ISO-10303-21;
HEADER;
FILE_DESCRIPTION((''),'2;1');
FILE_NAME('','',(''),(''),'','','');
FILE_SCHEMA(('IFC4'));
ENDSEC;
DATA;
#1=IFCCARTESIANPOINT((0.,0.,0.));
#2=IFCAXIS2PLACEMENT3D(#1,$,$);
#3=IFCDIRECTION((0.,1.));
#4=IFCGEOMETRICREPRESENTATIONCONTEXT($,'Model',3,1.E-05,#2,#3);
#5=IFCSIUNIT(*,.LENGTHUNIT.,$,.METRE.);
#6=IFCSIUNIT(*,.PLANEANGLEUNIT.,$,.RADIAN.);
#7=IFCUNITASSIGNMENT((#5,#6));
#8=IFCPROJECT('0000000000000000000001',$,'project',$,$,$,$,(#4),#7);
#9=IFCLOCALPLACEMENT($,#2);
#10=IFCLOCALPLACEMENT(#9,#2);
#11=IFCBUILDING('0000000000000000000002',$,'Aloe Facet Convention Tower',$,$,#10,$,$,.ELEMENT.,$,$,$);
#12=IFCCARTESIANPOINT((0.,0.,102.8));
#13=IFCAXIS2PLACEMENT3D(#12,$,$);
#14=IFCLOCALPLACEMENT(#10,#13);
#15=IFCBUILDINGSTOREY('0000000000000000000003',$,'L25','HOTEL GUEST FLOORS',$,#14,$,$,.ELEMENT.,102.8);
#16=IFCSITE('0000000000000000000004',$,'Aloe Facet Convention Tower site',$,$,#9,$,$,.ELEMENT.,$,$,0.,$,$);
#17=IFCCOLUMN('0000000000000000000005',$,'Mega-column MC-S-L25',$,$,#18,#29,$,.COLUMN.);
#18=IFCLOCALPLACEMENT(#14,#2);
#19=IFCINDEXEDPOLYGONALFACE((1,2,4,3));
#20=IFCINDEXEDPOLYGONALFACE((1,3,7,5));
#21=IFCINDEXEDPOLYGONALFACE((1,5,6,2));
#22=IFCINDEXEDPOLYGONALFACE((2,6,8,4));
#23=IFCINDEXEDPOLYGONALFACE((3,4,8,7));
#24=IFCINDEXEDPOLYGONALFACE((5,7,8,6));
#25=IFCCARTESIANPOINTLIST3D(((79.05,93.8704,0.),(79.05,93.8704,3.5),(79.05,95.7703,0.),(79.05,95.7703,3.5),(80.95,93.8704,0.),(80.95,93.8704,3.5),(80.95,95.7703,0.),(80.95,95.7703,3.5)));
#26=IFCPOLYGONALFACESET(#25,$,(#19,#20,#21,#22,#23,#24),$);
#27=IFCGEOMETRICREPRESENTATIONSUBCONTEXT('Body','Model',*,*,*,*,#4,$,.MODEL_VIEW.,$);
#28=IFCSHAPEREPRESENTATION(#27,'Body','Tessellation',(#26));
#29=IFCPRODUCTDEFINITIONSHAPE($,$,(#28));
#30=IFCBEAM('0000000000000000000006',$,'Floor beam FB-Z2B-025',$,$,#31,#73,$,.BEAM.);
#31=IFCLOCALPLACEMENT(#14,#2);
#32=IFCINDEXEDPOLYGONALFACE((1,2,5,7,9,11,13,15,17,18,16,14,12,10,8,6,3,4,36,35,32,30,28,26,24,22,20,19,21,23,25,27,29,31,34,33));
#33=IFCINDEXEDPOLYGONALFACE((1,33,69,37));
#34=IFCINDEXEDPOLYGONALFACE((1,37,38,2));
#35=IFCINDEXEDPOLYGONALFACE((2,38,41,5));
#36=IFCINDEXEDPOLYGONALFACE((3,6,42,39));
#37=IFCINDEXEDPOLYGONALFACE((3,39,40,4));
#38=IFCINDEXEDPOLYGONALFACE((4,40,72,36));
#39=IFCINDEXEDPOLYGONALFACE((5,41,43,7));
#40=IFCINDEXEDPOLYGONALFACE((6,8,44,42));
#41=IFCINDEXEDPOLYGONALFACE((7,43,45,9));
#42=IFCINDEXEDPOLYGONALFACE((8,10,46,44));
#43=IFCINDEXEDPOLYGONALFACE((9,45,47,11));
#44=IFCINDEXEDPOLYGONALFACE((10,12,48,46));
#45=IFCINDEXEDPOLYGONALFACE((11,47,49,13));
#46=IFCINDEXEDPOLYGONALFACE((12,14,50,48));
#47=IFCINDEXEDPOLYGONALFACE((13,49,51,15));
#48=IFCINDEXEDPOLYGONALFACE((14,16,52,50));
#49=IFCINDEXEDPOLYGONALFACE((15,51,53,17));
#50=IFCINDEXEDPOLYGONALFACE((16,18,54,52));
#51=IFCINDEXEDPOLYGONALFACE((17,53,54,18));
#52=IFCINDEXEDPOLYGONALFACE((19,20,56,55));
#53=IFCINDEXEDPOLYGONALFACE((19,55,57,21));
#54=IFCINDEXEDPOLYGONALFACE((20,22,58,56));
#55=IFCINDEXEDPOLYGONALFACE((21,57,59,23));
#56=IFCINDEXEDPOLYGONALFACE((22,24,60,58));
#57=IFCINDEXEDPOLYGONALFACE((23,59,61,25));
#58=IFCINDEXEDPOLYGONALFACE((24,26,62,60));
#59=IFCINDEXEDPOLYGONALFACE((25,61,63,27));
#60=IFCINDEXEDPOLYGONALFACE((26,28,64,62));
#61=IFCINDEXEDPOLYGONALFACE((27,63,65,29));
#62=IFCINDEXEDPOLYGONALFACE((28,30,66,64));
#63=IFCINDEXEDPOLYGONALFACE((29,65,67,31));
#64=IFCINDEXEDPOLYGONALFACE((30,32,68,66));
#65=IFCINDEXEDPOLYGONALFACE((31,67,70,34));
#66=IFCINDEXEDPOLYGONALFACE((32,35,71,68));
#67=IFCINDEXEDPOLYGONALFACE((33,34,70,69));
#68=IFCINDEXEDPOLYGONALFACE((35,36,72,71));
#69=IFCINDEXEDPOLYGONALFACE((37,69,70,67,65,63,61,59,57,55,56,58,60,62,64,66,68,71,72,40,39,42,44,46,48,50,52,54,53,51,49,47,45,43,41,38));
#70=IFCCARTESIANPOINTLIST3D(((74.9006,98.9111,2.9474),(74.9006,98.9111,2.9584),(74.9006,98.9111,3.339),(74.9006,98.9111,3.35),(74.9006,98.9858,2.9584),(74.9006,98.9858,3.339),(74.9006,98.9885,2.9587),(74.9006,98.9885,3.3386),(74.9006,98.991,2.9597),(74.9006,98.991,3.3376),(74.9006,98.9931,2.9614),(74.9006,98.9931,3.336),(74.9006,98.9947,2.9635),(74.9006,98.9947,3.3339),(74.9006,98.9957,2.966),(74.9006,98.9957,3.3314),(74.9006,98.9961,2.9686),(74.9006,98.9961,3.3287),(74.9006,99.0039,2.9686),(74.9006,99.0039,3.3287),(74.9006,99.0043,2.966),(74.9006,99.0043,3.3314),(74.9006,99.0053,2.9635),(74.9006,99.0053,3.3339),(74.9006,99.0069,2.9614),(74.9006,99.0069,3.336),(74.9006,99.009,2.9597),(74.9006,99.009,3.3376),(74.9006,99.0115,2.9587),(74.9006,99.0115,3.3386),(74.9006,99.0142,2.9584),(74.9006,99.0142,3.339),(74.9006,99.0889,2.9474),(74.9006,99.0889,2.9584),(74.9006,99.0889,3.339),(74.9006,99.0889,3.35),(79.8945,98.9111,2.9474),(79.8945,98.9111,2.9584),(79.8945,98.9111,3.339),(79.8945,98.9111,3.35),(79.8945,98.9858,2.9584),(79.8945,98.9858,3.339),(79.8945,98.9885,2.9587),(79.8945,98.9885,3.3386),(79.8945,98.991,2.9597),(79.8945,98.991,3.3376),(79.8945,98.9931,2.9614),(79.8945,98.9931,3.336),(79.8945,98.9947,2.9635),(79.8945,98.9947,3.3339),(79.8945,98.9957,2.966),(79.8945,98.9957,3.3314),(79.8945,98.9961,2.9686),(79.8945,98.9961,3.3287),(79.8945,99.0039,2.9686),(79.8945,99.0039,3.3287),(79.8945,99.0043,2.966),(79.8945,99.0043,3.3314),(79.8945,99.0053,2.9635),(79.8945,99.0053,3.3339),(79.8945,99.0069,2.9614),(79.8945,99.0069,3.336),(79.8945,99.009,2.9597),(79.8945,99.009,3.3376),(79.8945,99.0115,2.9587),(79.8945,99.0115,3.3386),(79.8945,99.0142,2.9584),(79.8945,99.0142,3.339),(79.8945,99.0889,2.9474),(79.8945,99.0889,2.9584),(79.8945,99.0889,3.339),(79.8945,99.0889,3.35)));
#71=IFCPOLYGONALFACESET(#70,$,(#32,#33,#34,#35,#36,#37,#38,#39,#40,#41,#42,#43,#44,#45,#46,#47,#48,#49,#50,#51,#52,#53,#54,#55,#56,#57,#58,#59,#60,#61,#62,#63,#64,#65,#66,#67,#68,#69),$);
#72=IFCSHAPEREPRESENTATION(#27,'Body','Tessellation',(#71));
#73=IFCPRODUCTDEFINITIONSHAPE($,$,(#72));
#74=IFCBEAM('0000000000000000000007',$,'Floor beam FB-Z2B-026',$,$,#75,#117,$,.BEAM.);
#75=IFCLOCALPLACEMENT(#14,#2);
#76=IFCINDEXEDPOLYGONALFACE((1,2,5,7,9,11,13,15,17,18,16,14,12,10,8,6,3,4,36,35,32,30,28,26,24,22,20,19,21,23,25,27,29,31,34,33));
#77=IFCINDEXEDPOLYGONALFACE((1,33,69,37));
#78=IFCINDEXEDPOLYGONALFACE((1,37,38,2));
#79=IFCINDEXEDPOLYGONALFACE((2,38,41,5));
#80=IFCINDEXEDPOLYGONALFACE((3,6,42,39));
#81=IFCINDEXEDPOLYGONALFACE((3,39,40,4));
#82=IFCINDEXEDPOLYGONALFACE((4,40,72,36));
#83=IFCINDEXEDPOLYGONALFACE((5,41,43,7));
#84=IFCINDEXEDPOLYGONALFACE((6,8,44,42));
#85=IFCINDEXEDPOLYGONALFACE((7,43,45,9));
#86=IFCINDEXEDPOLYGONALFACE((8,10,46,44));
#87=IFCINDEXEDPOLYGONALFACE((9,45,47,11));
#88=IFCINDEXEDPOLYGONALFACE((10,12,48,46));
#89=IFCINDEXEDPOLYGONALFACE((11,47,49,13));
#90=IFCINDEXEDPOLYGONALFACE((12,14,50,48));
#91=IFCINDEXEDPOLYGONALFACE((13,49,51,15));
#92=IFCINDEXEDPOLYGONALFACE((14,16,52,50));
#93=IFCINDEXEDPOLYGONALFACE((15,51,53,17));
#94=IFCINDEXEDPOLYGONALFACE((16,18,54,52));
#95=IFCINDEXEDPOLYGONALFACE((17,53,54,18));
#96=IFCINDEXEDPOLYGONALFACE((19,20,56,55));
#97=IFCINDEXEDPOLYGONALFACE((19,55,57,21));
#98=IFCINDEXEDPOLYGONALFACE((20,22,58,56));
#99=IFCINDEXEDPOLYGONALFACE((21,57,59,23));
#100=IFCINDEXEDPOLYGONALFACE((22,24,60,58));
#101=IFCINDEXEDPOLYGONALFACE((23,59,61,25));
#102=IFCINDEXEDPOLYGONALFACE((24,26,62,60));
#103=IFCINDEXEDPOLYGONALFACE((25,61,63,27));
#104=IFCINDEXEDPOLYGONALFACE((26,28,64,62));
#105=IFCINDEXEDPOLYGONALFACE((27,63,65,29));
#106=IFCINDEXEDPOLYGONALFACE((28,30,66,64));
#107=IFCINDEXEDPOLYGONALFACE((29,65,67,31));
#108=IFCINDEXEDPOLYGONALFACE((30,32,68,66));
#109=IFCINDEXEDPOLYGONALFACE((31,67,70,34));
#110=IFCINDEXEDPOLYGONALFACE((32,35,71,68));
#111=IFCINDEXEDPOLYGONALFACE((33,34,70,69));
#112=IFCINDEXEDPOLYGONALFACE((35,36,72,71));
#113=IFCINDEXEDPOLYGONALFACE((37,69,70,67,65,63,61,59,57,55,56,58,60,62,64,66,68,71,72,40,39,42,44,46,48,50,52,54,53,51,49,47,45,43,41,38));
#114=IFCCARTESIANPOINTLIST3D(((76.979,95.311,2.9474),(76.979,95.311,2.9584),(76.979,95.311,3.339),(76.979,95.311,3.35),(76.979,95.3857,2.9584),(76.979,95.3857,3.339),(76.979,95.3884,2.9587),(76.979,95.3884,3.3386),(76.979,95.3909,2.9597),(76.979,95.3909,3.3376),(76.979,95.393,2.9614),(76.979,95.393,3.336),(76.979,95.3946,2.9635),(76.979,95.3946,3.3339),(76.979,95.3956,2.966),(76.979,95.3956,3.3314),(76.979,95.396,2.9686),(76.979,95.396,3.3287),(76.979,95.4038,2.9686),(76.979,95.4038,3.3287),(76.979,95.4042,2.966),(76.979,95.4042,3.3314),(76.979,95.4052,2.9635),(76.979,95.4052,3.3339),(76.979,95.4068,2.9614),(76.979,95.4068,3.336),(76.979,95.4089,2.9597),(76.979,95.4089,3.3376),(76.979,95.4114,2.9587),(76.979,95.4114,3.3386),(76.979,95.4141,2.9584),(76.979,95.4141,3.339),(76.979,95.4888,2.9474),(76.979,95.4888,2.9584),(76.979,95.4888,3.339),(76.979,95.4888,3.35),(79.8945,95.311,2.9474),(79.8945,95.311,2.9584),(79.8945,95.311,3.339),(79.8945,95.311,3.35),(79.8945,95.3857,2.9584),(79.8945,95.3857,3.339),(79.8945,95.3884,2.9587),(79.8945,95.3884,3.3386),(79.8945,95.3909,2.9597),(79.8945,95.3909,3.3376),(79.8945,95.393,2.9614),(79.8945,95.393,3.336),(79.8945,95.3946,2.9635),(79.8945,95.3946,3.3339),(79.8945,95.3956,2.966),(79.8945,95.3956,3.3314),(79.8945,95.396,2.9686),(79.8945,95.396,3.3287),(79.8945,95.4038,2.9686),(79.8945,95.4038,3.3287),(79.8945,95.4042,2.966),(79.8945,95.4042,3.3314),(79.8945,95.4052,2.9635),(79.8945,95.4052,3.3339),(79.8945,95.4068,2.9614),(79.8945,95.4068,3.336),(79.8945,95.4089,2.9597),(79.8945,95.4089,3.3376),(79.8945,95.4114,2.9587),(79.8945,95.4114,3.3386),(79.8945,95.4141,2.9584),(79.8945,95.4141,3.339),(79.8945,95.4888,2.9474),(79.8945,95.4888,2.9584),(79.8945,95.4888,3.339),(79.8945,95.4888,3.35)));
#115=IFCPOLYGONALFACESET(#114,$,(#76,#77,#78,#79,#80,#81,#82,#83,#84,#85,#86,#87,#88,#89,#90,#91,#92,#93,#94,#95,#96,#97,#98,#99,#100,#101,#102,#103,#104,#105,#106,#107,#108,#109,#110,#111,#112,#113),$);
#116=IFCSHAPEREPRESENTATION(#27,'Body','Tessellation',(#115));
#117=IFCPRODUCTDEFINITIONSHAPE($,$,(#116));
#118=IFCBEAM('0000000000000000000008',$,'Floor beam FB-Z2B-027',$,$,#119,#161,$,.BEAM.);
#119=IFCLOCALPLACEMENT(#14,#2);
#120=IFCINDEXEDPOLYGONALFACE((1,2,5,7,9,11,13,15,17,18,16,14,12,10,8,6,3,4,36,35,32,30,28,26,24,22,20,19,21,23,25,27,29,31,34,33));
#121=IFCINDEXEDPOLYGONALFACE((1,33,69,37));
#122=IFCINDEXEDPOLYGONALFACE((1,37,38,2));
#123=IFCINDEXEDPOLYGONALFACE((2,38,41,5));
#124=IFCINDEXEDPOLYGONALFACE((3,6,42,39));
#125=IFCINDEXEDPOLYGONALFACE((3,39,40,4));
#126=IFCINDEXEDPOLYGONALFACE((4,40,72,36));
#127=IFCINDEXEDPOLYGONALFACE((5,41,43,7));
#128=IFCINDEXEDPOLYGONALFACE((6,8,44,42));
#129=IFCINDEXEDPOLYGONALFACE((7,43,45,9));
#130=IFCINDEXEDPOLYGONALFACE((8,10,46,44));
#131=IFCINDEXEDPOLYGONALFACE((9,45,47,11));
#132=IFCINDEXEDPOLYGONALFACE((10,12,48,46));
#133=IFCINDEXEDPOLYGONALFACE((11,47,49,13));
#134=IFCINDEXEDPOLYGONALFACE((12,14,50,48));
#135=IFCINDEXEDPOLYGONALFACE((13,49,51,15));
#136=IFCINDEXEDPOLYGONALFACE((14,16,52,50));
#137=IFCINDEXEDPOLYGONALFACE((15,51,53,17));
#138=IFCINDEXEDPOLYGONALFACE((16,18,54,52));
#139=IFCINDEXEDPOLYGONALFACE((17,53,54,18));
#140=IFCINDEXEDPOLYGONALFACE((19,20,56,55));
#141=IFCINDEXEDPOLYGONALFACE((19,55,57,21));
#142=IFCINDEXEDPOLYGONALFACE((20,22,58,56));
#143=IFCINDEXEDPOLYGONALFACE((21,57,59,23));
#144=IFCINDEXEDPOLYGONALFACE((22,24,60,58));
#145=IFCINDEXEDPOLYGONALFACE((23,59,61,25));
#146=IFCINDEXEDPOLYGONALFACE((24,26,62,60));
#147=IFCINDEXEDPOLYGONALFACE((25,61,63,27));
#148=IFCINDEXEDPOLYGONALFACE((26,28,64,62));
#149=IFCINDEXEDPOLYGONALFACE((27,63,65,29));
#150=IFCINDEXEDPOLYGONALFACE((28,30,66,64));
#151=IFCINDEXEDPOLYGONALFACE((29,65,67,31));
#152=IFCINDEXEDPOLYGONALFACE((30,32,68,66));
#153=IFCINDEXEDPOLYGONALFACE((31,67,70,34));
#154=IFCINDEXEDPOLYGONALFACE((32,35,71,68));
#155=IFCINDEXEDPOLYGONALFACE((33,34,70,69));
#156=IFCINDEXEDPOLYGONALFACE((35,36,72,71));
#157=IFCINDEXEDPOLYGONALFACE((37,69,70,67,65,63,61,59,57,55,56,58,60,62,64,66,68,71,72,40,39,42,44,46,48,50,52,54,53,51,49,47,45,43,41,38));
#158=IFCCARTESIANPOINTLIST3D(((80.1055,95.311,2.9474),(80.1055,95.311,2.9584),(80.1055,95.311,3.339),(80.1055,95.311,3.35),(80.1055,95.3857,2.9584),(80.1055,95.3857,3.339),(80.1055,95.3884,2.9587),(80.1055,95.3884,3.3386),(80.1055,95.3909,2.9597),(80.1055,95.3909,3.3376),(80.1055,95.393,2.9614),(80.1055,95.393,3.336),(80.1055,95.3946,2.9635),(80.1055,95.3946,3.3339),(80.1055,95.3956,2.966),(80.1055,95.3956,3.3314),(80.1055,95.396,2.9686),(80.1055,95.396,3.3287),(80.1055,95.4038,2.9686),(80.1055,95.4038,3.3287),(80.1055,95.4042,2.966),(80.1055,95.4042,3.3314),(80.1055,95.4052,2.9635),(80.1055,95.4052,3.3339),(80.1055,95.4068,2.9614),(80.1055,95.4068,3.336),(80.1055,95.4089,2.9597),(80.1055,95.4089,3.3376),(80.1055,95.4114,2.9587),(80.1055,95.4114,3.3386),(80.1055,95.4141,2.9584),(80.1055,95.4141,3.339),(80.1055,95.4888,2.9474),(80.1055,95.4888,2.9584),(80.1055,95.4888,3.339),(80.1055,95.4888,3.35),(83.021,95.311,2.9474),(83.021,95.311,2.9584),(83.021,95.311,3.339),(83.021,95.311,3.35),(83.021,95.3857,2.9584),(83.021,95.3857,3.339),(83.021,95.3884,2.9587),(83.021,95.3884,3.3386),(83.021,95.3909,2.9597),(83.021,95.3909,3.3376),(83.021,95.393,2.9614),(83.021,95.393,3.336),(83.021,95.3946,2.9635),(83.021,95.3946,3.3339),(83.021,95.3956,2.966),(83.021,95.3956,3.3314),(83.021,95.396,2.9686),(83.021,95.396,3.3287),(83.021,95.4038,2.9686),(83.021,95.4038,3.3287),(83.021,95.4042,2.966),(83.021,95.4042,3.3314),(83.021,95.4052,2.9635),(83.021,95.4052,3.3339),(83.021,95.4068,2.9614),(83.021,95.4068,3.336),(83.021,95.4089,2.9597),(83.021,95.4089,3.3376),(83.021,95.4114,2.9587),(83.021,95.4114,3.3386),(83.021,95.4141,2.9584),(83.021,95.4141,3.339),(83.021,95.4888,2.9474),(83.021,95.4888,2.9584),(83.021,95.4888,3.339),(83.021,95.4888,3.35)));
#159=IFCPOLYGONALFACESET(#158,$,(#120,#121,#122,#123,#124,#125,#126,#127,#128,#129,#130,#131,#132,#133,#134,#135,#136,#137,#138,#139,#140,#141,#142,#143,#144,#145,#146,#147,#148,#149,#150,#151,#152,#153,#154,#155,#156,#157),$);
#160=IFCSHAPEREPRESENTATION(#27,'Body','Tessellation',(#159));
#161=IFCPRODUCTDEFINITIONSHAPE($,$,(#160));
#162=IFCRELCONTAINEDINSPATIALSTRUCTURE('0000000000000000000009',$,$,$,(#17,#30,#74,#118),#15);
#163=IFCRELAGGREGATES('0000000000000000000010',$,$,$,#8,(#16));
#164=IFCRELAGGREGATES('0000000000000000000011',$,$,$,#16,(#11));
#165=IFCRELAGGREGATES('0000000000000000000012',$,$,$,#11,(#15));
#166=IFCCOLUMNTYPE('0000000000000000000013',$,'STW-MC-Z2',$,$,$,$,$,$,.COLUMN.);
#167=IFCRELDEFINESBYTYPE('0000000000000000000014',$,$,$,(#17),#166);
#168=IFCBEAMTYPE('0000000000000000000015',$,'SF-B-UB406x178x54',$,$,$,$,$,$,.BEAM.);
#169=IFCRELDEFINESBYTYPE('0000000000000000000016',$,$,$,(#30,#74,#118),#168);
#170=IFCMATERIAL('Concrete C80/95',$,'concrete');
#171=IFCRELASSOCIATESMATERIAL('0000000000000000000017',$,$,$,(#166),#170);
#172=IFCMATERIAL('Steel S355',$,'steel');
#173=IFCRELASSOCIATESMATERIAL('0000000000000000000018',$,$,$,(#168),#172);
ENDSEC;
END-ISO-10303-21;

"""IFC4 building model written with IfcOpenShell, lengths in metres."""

from ifc_helpers import new_model, si_unit, direction, frame, origin, origin_2d, place, context, subcontext, project, spatial, rectangle, i_section, extrude, material, material_profile, profile_set, type_object, element, save


model = new_model("IFC4")

# Units and contexts
model_context = context("Model", 3, precision=1e-05, world=origin(), true_north=direction((0.0, 1.0)))
body_context = subcontext(model_context, "Body", "Model", "MODEL_VIEW")
ifc_project = project(units=[si_unit("LENGTHUNIT", "METRE"), si_unit("PLANEANGLEUNIT", "RADIAN")], contexts=[model_context])

# Site, building, storey
site_placement = place(None, origin())
site = spatial("IfcSite", under=ifc_project, at=site_placement, Name="Aloe Facet Convention Tower site", CompositionType="ELEMENT", RefElevation=0.0)
building_placement = place(site_placement, origin())
building = spatial("IfcBuilding", under=site, at=building_placement, Name="Aloe Facet Convention Tower", CompositionType="ELEMENT")
storey_placement = place(building_placement, frame((0.0, 0.0, 102.8)))
storey = spatial("IfcBuildingStorey", under=building, at=storey_placement, Name="L25", Description="HOTEL GUEST FLOORS", CompositionType="ELEMENT", Elevation=102.8)

# Column
ifc_material_1 = material(Name="Concrete C80/95", Category="concrete")
ifc_material_profile_1 = material_profile(ifc_material_1, rectangle(XDim=1.8999, YDim=1.8999, at=origin_2d()), Name="STW-MC-Z2")
ifc_profile_set_1 = profile_set([ifc_material_profile_1], Name="Concrete C80/95")
column_type = type_object("IfcColumnType", Name="STW-MC-Z2", PredefinedType="COLUMN", material=ifc_profile_set_1)
column_placement = place(storey_placement, frame((80.0, 94.8203, 0.0), z_axis=(0.0, 0.0, 1.0), x_axis=(1.0, 0.0, 0.0)))
element("IfcColumn", 1, at=column_placement, inside=storey, type_object=column_type, Name="Mega-column MC-S-L25", PredefinedType="COLUMN", context=body_context, shape_type="SweptSolid", body=[
    extrude(rectangle(XDim=1.8999, YDim=1.8999, at=origin_2d()), origin(), (0.0, 0.0, 1.0), 3.5),
])

# Beams
ifc_material_2 = material(Name="Steel S355", Category="steel")
ifc_material_profile_2 = material_profile(ifc_material_2, i_section(OverallWidth=0.1777, OverallDepth=0.4026, WebThickness=0.0078, FlangeThickness=0.011, FilletRadius=0.0103, at=origin_2d()), Name="UB 406x178x54")
ifc_profile_set_2 = profile_set([ifc_material_profile_2], Name="Steel S355")
beam_type_1 = type_object("IfcBeamType", Name="SF-B-UB406x178x54", PredefinedType="BEAM", material=ifc_profile_set_2)
beam_1_placement = place(storey_placement, frame((74.9006, 99.0, 3.1487), z_axis=(1.0, 0.0, 0.0), x_axis=(0.0, 1.0, 0.0)))
element("IfcBeam", 2, at=beam_1_placement, inside=storey, type_object=beam_type_1, Name="Floor beam FB-Z2B-025", PredefinedType="BEAM", context=body_context, shape_type="SweptSolid", body=[
    extrude(i_section(OverallWidth=0.1777, OverallDepth=0.4026, WebThickness=0.0078, FlangeThickness=0.011, FilletRadius=0.0103, at=origin_2d()), origin(), (0.0, 0.0, 1.0), 4.9939),
])
for number, where, z_axis, x_axis, name in (
    (3, (76.979, 95.3999, 3.1487), (1.0, 0.0, 0.0), (0.0, 1.0, 0.0), "Floor beam FB-Z2B-026"),
    (4, (80.1055, 95.3999, 3.1487), (1.0, 0.0, 0.0), (0.0, 1.0, 0.0), "Floor beam FB-Z2B-027"),
):
    element("IfcBeam", number, at=place(storey_placement, frame(where, z_axis=z_axis, x_axis=x_axis)), inside=storey, type_object=beam_type_1, Name=name, PredefinedType="BEAM", context=body_context, shape_type="SweptSolid", body=[
        extrude(i_section(OverallWidth=0.1777, OverallDepth=0.4026, WebThickness=0.0078, FlangeThickness=0.011, FilletRadius=0.0103, at=origin_2d()), origin(), (0.0, 0.0, 1.0), 2.9155),
    ])

save(model, "model.ifc")
